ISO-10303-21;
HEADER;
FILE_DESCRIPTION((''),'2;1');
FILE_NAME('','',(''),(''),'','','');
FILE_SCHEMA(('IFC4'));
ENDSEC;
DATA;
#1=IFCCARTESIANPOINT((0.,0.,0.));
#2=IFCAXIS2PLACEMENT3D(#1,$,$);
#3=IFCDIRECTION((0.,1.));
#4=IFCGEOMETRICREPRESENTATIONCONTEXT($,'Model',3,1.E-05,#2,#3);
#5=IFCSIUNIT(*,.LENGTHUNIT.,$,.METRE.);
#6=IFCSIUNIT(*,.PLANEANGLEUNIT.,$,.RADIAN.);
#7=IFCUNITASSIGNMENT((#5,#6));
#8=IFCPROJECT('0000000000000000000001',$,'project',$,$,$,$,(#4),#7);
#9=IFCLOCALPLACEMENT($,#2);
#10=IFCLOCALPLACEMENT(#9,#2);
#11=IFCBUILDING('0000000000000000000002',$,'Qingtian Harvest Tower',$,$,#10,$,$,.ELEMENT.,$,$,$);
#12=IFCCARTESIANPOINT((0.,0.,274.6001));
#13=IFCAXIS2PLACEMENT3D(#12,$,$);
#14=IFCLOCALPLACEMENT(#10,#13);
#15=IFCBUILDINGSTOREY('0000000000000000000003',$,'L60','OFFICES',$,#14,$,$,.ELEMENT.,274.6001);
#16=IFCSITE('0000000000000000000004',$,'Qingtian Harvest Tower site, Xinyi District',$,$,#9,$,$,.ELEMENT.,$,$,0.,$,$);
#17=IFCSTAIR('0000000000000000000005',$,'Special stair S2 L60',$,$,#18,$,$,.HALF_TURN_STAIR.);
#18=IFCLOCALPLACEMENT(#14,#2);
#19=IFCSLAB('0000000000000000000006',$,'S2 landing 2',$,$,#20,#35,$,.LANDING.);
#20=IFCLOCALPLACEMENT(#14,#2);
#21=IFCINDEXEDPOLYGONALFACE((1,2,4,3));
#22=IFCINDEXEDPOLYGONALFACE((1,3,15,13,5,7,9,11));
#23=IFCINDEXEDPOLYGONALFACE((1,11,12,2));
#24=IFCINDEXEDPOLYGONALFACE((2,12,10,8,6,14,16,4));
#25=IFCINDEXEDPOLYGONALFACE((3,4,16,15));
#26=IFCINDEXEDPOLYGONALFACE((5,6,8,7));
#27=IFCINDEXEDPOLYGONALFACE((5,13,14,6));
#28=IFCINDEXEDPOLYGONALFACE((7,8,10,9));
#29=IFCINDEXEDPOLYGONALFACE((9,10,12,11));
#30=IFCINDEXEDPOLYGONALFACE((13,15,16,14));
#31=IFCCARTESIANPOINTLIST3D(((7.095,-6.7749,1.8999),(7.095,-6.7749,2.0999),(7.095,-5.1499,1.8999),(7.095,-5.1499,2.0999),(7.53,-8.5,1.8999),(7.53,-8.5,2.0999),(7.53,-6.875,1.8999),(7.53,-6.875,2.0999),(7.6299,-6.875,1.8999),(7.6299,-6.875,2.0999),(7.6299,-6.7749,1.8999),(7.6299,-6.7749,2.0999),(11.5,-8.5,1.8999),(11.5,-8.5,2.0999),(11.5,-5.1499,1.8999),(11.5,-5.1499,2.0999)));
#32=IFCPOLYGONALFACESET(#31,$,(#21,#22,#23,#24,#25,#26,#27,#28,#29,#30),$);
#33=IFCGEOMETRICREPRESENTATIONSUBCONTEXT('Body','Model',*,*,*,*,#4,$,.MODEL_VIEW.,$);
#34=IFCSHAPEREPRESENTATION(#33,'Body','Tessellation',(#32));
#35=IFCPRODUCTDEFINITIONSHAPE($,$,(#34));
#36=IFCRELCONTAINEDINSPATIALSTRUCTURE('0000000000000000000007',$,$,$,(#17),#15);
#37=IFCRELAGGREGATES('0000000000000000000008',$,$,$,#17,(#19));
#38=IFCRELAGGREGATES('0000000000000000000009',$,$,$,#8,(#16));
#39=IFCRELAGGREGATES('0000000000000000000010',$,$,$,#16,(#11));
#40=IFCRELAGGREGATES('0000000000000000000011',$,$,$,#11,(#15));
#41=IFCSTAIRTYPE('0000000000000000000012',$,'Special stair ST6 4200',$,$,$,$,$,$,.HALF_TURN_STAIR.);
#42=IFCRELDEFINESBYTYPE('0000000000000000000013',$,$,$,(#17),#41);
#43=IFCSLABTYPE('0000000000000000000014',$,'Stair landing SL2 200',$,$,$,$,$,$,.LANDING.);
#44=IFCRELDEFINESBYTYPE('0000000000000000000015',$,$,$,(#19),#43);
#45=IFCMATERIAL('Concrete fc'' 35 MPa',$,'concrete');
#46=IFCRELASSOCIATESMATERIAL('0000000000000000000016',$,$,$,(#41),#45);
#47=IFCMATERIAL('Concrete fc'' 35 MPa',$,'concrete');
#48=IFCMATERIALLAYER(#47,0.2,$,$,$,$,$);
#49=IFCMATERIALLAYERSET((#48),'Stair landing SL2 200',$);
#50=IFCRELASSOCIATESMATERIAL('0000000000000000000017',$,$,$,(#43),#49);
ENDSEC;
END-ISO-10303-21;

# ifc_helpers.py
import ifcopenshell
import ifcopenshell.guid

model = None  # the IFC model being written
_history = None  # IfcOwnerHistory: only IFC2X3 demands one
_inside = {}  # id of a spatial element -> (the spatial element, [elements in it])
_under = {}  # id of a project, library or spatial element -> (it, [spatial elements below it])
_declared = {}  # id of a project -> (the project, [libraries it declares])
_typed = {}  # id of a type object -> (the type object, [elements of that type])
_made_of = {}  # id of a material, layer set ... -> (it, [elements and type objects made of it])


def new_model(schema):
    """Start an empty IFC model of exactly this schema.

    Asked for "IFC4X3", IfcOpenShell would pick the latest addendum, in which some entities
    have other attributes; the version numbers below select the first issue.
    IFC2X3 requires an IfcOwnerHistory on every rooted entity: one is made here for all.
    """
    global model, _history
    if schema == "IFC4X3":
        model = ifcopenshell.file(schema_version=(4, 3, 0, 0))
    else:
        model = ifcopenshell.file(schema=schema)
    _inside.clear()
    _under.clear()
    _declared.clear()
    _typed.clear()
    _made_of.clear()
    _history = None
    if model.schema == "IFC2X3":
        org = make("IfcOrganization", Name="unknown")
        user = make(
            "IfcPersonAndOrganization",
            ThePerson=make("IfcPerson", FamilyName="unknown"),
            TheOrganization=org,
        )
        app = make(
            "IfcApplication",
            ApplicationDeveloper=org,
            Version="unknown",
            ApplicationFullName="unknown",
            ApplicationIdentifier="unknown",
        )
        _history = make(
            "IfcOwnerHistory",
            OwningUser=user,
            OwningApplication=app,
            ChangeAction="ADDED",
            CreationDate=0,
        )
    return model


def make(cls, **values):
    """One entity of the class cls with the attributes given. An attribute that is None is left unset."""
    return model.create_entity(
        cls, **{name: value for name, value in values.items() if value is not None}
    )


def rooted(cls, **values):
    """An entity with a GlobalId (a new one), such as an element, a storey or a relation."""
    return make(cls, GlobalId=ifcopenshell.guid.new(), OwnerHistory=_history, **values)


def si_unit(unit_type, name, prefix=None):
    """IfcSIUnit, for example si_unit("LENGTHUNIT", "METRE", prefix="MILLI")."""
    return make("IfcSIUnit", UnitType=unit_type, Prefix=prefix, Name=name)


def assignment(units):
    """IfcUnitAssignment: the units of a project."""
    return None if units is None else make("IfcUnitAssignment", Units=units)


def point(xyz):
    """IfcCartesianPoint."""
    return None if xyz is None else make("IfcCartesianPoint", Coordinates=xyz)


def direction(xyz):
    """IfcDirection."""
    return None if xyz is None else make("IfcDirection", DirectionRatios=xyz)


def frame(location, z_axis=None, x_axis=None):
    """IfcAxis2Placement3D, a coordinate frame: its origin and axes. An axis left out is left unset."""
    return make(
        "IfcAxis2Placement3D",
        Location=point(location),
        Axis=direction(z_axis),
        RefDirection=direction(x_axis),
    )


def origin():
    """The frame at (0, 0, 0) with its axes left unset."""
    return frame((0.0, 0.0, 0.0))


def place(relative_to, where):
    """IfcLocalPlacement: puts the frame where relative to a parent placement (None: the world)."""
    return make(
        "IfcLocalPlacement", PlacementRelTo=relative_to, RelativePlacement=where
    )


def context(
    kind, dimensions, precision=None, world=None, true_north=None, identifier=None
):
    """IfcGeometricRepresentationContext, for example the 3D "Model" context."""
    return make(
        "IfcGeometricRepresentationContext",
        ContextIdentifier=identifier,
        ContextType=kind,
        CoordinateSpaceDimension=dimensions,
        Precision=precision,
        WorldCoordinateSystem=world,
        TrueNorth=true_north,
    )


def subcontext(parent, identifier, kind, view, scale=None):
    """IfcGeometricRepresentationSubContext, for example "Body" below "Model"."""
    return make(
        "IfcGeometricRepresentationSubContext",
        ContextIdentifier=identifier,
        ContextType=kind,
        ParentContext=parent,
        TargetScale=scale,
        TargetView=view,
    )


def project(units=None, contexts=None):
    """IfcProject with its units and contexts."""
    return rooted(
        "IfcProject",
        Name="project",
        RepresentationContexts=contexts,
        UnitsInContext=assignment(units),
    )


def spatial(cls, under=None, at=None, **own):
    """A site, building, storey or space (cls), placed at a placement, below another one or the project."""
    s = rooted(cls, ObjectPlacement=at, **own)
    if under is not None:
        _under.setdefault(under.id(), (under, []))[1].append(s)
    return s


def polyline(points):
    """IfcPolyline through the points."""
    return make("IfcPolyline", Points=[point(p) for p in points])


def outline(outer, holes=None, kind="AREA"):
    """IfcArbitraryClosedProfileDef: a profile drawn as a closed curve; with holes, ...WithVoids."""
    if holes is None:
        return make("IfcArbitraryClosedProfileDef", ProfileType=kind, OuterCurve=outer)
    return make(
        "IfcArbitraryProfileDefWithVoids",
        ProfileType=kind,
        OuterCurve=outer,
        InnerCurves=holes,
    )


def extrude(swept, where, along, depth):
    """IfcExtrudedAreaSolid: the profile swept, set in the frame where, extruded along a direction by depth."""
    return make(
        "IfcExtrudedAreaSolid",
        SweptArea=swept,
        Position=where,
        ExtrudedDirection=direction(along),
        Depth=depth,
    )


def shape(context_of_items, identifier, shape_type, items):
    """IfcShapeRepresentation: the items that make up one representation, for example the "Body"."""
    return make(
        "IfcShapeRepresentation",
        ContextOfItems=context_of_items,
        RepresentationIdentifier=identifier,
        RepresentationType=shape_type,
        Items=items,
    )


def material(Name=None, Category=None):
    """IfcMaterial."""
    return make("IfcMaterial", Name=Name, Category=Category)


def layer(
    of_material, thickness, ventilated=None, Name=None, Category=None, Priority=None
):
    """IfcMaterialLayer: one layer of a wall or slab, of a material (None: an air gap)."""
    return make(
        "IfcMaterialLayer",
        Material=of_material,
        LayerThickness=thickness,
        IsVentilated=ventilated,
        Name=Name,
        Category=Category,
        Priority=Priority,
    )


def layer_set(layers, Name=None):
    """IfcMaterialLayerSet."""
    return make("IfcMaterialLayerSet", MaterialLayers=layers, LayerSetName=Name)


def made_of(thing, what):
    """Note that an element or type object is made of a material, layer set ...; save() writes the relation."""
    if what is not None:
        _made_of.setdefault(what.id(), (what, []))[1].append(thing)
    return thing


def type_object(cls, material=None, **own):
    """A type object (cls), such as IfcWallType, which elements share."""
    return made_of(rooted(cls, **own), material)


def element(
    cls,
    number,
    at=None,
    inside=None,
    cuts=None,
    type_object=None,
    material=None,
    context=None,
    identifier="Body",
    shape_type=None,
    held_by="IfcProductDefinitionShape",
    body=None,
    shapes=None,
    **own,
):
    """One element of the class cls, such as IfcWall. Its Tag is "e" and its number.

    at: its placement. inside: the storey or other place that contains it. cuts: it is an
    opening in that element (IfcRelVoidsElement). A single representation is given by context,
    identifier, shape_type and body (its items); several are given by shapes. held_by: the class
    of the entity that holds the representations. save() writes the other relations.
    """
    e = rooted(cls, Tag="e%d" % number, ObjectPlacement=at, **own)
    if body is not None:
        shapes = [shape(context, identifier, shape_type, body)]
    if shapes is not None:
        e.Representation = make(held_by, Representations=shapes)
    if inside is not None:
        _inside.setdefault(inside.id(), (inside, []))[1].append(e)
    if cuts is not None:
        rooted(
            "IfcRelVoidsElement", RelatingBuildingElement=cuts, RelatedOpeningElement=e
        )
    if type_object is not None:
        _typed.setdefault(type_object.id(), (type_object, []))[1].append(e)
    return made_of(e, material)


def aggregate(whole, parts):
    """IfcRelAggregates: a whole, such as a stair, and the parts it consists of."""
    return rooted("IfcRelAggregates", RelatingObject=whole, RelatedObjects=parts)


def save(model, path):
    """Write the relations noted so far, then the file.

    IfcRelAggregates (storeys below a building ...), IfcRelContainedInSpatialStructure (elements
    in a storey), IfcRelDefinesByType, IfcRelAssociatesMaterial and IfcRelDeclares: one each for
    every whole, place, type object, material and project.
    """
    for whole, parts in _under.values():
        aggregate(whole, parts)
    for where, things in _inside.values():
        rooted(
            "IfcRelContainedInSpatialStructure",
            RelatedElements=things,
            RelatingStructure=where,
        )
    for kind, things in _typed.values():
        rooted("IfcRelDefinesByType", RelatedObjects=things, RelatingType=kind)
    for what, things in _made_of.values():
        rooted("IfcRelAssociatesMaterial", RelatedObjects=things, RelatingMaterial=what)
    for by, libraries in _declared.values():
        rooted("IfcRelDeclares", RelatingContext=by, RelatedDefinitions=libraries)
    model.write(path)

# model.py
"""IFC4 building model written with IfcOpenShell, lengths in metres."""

from ifc_helpers import new_model, si_unit, direction, frame, origin, place, context, subcontext, project, spatial, polyline, outline, extrude, material, layer, layer_set, type_object, element, aggregate, save


model = new_model("IFC4")

# Units and contexts
model_context = context("Model", 3, precision=1e-05, world=origin(), true_north=direction((0.0, 1.0)))
body_context = subcontext(model_context, "Body", "Model", "MODEL_VIEW")
ifc_project = project(units=[si_unit("LENGTHUNIT", "METRE"), si_unit("PLANEANGLEUNIT", "RADIAN")], contexts=[model_context])

# Site, building, storey
site_placement = place(None, origin())
site = spatial("IfcSite", under=ifc_project, at=site_placement, Name="Qingtian Harvest Tower site, Xinyi District", CompositionType="ELEMENT", RefElevation=0.0)
building_placement = place(site_placement, origin())
building = spatial("IfcBuilding", under=site, at=building_placement, Name="Qingtian Harvest Tower", CompositionType="ELEMENT")
storey_placement = place(building_placement, frame((0.0, 0.0, 274.6001)))
storey = spatial("IfcBuildingStorey", under=building, at=storey_placement, Name="L60", Description="OFFICES", CompositionType="ELEMENT", Elevation=274.6001)

# Shared definitions
ifc_material_1 = material(Name="Concrete fc' 35 MPa", Category="concrete")
stair_type = type_object("IfcStairType", Name="Special stair ST6 4200", PredefinedType="HALF_TURN_STAIR", material=ifc_material_1)
ifc_material_2 = material(Name="Concrete fc' 35 MPa", Category="concrete")
ifc_layer_1 = layer(ifc_material_2, 0.2)
ifc_layer_set_1 = layer_set([ifc_layer_1], Name="Stair landing SL2 200")
slab_type_1 = type_object("IfcSlabType", Name="Stair landing SL2 200", PredefinedType="LANDING", material=ifc_layer_set_1)

# Stair, slab
stair_1_placement = place(storey_placement, origin())
stair_1 = element("IfcStair", 1, at=stair_1_placement, inside=storey, type_object=stair_type, Name="Special stair S2 L60", PredefinedType="HALF_TURN_STAIR")
slab_1_placement = place(storey_placement, frame((0.0, 0.0, 1.8999)))
slab_1 = element("IfcSlab", 2, at=slab_1_placement, type_object=slab_type_1, Name="S2 landing 2", PredefinedType="LANDING", context=body_context, shape_type="SweptSolid", body=[
    extrude(outline(polyline([(7.53, -8.5), (7.53, -6.875), (7.6299, -6.875), (7.6299, -6.7749), (7.095, -6.7749), (7.095, -5.1499), (11.5, -5.1499), (11.5, -8.5), (7.53, -8.5)])), origin(), (0.0, 0.0, 1.0), 0.2),
])
aggregate(stair_1, [slab_1])

save(model, "model.ifc")
